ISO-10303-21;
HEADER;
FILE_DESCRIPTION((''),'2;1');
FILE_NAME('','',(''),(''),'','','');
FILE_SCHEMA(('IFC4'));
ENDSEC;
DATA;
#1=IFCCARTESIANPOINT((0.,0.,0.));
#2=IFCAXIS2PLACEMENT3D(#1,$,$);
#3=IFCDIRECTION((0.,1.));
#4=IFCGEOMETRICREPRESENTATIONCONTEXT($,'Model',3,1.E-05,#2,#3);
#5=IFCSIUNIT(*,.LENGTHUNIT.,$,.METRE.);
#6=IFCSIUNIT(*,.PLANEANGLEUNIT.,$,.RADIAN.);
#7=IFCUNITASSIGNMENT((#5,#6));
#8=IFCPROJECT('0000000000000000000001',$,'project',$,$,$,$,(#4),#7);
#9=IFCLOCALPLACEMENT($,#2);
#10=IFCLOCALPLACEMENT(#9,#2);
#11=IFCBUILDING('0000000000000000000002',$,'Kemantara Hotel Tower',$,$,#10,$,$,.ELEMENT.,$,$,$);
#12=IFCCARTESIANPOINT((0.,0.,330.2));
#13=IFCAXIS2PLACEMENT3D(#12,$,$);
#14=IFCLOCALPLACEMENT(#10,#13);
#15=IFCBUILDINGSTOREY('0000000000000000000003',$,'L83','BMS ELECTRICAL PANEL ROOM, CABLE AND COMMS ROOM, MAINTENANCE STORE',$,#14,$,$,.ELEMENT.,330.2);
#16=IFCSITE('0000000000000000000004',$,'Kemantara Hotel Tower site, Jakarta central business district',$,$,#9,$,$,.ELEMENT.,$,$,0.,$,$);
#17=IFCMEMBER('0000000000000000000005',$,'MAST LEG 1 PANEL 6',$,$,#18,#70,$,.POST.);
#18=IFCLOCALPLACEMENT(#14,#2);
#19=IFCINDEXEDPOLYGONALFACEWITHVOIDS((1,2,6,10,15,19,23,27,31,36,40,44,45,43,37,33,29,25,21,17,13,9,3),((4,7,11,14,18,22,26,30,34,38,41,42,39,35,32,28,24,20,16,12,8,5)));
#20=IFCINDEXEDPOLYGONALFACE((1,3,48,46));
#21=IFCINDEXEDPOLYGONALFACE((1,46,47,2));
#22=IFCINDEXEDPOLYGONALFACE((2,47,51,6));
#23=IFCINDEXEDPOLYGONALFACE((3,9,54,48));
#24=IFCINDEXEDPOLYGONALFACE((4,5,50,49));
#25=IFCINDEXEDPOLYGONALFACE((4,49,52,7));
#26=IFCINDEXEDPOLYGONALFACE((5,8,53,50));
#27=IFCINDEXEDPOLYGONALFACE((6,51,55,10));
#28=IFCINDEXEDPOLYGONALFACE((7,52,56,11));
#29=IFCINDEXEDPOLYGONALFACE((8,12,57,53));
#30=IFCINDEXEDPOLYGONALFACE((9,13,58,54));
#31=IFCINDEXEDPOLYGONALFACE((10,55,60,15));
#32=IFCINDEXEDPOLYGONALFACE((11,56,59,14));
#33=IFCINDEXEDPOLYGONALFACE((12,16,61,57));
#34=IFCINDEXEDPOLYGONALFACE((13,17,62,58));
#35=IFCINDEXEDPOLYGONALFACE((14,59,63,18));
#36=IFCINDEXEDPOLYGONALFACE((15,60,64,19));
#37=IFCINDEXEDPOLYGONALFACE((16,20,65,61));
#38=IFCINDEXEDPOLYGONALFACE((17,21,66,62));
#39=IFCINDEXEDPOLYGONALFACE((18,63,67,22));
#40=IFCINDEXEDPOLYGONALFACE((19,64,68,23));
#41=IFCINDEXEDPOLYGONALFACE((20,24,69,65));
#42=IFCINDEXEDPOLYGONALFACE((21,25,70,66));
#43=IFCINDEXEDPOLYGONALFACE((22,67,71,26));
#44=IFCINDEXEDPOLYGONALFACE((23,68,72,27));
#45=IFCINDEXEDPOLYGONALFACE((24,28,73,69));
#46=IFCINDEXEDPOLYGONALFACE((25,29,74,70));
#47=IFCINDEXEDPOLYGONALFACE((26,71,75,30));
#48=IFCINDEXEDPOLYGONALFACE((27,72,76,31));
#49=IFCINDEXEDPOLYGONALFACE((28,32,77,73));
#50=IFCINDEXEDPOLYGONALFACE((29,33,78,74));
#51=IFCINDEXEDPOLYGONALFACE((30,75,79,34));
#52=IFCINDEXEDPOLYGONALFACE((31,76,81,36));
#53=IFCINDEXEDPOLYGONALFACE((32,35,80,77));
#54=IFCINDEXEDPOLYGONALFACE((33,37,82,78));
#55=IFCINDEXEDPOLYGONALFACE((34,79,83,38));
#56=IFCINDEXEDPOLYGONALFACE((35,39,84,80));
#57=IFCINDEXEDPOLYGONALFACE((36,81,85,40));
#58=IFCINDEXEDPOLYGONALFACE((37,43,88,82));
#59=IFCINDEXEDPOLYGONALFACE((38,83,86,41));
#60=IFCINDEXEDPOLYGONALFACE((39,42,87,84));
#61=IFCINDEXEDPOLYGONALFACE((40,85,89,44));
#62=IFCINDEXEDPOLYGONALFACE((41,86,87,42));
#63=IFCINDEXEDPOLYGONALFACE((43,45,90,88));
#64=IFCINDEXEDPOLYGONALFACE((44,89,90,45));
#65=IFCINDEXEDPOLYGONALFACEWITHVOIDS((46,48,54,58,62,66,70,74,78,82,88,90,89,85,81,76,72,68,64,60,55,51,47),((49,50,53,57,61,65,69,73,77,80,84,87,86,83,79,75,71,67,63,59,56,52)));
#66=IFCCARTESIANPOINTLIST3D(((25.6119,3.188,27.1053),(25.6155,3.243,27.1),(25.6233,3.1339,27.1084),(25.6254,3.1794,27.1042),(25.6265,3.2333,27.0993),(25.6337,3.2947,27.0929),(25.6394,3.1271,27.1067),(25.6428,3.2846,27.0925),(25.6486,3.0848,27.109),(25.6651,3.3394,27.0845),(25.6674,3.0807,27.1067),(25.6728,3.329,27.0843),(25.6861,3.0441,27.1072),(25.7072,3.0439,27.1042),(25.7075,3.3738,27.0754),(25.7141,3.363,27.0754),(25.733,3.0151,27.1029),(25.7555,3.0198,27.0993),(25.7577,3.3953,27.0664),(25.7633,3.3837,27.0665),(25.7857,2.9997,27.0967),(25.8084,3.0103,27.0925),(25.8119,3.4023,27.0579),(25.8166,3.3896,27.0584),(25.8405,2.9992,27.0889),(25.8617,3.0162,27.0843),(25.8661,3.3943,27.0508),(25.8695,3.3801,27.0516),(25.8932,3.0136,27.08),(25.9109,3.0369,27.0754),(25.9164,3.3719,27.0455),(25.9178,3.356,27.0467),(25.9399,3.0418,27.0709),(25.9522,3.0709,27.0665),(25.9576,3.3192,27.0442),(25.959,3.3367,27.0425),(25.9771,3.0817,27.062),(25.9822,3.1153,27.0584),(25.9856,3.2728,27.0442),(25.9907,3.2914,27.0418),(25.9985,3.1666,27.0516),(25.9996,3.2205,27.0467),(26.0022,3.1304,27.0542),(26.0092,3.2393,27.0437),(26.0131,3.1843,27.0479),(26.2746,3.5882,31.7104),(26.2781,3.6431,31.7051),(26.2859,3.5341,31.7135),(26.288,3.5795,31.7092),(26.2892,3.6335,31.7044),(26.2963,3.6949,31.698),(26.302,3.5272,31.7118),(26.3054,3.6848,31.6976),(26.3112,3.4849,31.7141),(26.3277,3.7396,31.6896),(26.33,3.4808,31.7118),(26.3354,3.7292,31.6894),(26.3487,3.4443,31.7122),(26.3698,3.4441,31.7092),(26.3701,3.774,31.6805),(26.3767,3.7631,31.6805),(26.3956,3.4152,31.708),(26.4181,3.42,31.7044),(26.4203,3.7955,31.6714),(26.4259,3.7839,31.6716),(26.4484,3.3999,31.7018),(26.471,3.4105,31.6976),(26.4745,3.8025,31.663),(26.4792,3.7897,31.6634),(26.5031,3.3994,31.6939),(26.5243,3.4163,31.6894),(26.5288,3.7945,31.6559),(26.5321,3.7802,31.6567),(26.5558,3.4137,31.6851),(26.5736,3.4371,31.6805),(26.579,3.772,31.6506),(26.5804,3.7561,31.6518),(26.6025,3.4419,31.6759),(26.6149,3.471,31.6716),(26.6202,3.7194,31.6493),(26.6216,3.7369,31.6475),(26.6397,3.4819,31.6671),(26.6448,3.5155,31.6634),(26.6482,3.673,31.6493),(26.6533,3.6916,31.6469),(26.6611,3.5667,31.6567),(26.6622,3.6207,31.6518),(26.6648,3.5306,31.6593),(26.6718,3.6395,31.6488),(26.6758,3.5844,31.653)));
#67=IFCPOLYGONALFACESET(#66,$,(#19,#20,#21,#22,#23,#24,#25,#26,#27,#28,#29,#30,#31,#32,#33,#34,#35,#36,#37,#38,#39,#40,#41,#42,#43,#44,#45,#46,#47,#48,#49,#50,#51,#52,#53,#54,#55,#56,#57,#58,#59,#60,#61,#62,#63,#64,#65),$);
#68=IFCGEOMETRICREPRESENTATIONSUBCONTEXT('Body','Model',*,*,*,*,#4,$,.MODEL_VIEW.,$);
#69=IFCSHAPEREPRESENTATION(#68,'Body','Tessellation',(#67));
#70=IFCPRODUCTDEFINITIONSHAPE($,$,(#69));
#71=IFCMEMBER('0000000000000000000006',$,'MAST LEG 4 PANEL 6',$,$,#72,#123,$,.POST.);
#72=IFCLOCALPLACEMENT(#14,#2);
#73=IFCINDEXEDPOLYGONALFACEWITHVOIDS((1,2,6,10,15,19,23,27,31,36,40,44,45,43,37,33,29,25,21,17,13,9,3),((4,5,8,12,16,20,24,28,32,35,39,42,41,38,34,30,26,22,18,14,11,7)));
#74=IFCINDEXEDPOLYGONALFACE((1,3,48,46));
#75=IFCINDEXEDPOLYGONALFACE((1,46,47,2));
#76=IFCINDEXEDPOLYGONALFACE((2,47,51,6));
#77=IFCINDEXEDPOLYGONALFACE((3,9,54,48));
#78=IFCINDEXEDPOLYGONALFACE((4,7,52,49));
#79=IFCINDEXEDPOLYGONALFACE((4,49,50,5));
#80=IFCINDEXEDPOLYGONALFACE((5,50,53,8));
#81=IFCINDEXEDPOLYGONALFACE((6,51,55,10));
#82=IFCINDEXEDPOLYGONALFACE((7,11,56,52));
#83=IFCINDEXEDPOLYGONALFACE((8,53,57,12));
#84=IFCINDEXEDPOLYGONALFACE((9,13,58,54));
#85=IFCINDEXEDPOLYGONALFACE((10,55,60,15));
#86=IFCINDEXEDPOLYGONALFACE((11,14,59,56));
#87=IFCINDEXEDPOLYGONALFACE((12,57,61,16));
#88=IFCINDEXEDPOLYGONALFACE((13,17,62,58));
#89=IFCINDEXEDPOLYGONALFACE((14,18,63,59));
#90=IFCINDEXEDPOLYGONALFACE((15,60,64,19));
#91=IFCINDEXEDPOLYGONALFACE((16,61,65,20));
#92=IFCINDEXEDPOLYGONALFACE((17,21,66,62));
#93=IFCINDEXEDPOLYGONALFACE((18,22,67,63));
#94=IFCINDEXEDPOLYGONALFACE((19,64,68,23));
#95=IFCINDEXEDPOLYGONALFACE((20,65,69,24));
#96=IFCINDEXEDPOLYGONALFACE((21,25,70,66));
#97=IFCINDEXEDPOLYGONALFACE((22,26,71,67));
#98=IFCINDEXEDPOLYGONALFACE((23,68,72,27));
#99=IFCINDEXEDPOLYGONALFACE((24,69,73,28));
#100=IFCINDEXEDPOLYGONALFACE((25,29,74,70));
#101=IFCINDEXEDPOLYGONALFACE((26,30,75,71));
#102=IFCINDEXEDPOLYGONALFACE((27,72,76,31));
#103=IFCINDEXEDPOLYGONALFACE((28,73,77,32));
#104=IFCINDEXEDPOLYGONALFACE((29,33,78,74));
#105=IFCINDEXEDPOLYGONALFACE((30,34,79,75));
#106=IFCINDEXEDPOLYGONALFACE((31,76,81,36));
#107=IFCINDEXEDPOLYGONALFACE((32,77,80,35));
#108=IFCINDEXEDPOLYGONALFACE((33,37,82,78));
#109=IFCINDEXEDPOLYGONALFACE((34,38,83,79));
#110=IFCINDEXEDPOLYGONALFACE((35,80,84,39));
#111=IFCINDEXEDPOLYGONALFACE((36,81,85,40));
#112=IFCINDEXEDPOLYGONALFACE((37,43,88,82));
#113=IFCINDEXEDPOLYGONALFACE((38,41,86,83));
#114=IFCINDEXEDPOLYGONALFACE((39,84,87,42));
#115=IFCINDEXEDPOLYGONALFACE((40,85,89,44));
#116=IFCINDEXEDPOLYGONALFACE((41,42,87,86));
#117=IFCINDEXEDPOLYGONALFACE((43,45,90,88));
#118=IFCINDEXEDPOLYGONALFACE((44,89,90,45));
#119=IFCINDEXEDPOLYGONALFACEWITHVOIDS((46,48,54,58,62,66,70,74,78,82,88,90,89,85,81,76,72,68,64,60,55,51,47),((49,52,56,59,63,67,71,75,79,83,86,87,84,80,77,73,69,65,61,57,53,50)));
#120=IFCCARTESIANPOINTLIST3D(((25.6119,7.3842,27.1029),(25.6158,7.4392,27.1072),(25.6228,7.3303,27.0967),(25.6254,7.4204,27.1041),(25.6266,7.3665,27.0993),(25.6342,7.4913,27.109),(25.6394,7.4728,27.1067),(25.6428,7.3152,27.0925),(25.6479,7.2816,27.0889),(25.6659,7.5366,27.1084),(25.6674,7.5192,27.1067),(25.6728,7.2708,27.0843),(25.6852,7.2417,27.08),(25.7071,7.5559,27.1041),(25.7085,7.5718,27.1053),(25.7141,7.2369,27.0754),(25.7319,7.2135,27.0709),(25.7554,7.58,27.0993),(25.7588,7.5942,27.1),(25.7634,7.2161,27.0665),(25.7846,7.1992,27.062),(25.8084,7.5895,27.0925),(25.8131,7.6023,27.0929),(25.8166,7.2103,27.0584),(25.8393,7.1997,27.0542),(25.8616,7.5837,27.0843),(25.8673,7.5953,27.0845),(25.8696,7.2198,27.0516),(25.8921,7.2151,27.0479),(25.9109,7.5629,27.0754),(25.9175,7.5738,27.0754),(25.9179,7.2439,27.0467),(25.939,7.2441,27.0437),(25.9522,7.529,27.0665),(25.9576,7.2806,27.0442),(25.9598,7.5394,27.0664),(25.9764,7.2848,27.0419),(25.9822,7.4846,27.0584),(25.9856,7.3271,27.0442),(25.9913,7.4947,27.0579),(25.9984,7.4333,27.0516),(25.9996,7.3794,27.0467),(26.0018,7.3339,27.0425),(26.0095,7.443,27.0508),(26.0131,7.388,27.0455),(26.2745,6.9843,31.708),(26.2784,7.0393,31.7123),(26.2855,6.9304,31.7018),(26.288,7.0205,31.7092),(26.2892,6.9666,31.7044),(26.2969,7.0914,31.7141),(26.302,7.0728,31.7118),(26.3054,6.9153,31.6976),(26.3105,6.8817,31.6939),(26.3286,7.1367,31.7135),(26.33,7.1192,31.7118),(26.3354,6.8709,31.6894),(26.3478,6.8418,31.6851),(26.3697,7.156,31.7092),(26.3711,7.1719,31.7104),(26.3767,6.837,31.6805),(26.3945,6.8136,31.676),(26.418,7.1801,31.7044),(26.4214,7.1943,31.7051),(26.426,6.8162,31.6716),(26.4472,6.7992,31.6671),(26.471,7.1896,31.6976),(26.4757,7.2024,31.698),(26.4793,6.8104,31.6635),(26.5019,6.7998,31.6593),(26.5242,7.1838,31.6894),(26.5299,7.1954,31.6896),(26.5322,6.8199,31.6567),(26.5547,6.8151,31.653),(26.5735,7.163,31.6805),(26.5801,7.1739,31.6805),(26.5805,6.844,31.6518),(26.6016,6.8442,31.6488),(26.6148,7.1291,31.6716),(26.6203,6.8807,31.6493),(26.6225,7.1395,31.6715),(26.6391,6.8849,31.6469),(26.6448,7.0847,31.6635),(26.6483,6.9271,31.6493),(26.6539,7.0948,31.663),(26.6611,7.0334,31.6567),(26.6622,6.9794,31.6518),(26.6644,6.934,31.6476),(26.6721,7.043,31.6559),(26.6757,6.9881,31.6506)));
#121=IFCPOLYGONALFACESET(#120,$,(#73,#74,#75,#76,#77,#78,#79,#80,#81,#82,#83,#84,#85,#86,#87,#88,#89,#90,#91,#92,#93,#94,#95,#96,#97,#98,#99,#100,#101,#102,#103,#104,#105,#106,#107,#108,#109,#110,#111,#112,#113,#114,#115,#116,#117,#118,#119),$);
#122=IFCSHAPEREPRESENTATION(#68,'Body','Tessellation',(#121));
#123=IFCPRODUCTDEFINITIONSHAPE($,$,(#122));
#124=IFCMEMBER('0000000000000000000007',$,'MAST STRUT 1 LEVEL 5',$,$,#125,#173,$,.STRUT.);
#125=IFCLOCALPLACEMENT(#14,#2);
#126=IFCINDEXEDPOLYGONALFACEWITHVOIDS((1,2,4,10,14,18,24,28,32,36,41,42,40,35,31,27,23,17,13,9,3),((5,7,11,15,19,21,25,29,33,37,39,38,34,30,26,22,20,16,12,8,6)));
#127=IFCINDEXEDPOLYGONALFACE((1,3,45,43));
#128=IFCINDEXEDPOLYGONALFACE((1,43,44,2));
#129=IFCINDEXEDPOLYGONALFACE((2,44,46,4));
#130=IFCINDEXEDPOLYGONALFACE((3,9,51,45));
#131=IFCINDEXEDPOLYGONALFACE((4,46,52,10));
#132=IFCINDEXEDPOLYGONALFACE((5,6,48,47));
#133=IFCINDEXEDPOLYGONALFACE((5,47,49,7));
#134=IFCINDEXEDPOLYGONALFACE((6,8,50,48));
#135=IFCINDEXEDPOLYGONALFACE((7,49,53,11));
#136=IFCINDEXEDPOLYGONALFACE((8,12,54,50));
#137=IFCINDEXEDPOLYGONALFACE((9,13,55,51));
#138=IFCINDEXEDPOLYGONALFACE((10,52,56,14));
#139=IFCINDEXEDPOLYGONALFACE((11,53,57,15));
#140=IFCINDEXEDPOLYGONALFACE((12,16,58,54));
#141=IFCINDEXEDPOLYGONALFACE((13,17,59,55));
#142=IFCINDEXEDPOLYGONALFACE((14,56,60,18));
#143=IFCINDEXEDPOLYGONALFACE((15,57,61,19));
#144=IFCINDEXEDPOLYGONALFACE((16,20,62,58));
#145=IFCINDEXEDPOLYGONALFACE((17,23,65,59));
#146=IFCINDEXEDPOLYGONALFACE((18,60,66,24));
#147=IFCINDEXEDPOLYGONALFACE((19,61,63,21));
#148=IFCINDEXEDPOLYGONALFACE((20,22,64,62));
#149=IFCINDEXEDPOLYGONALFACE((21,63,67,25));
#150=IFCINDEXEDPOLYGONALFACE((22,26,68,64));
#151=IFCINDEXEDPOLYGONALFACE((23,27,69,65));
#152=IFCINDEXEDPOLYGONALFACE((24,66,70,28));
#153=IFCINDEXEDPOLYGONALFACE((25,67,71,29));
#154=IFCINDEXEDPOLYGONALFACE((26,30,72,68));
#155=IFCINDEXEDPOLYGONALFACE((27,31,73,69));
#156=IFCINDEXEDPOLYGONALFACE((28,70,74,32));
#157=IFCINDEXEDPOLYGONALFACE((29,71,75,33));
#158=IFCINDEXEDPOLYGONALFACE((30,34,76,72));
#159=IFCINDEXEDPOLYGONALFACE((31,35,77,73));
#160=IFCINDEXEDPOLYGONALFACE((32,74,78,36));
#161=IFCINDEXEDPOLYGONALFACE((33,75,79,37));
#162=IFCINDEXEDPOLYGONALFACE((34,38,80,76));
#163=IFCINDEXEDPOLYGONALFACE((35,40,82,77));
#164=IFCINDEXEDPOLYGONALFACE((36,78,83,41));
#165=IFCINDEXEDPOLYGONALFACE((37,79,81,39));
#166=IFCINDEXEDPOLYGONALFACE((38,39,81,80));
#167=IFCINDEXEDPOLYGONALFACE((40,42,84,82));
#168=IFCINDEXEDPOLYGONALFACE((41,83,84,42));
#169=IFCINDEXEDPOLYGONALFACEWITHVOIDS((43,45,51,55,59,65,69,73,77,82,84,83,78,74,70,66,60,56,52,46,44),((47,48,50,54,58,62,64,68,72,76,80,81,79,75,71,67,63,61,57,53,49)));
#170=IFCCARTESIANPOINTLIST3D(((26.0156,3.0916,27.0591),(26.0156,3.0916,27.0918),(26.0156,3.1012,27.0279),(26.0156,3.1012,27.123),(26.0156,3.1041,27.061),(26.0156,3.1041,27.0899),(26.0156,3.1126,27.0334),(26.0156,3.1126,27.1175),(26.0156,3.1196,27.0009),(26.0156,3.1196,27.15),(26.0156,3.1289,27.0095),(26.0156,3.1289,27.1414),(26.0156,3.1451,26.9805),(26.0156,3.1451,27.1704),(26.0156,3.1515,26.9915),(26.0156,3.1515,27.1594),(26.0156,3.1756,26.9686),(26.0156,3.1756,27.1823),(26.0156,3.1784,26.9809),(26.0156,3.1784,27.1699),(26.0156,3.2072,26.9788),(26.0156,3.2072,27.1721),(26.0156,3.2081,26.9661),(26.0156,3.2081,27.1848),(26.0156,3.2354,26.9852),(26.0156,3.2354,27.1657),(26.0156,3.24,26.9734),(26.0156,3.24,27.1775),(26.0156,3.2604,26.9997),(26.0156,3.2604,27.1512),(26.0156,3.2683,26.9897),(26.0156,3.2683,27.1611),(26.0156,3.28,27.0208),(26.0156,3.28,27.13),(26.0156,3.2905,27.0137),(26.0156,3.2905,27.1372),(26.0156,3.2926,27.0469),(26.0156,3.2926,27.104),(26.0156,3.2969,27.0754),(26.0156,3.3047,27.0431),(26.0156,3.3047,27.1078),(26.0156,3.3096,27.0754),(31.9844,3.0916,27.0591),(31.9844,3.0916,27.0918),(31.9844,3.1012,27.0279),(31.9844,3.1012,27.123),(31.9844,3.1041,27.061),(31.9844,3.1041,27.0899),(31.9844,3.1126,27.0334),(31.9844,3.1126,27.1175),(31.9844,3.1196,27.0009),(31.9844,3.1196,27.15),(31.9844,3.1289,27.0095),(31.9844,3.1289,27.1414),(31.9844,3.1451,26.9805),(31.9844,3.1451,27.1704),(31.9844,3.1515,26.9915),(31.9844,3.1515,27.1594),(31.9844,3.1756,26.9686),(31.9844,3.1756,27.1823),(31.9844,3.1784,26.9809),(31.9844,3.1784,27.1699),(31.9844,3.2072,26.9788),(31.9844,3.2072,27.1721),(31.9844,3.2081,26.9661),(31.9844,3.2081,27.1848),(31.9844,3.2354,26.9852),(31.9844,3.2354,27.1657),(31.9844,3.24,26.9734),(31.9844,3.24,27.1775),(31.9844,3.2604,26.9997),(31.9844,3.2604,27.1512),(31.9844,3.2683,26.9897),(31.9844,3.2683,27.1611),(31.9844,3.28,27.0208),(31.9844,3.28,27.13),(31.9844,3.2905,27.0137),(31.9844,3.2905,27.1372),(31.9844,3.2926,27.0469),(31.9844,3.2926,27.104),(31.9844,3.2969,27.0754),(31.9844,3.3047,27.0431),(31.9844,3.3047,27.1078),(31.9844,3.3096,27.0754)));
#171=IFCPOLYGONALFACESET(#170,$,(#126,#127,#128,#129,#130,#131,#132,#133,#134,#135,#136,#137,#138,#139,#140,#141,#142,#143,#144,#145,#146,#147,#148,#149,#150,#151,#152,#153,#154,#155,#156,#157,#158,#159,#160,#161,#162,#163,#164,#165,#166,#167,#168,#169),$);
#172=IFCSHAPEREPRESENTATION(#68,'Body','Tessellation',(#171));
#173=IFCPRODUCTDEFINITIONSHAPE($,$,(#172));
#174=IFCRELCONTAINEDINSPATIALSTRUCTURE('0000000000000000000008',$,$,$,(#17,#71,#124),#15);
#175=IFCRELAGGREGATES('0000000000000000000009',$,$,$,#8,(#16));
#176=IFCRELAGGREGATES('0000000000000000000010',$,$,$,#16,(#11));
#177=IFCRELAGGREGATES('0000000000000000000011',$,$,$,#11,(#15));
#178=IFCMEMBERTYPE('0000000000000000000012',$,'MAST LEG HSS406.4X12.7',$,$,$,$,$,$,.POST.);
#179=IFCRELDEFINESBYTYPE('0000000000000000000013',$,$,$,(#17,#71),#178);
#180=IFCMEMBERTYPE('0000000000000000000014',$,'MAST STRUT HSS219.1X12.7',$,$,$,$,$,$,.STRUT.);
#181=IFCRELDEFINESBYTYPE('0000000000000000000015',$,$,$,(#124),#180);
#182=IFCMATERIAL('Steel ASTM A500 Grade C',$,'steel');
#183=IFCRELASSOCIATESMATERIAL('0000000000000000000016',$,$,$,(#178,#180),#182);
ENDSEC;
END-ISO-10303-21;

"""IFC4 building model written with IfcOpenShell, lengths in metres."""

from ifc_helpers import new_model, si_unit, direction, frame, origin, origin_2d, place, context, subcontext, project, spatial, hollow_circle, extrude, material, material_profile, profile_set, type_object, element, save


model = new_model("IFC4")

# Units and contexts
model_context = context("Model", 3, precision=1e-05, world=origin(), true_north=direction((0.0, 1.0)))
body_context = subcontext(model_context, "Body", "Model", "MODEL_VIEW")
ifc_project = project(units=[si_unit("LENGTHUNIT", "METRE"), si_unit("PLANEANGLEUNIT", "RADIAN")], contexts=[model_context])

# Site, building, storey
site_placement = place(None, origin())
site = spatial("IfcSite", under=ifc_project, at=site_placement, Name="Kemantara Hotel Tower site, Jakarta central business district", CompositionType="ELEMENT", RefElevation=0.0)
building_placement = place(site_placement, origin())
building = spatial("IfcBuilding", under=site, at=building_placement, Name="Kemantara Hotel Tower", CompositionType="ELEMENT")
storey_placement = place(building_placement, frame((0.0, 0.0, 330.2)))
storey = spatial("IfcBuildingStorey", under=building, at=storey_placement, Name="L83", Description="BMS ELECTRICAL PANEL ROOM, CABLE AND COMMS ROOM, MAINTENANCE STORE", CompositionType="ELEMENT", Elevation=330.2)

# Members
ifc_material_1 = material(Name="Steel ASTM A500 Grade C", Category="steel")
ifc_material_profile_1 = material_profile(ifc_material_1, hollow_circle(Radius=0.2031, WallThickness=0.0127, at=origin_2d()), Name="HSS406.4X12.7")
ifc_profile_set_1 = profile_set([ifc_material_profile_1], Name="Steel ASTM A500 Grade C")
member_type_1 = type_object("IfcMemberType", Name="MAST LEG HSS406.4X12.7", PredefinedType="POST", material=ifc_profile_set_1)
for number, where, z_axis, x_axis, name in (
    (1, (25.8125, 3.2, 27.0754), (0.141897, 0.085692, 0.986165), (-0.516952, 0.856014, 0.0), "MAST LEG 1 PANEL 6"),
    (2, (25.8125, 7.3999, 27.0754), (0.141897, -0.08564, 0.98617), (0.516721, 0.856154, 0.0), "MAST LEG 4 PANEL 6"),
):
    element("IfcMember", number, at=place(storey_placement, frame(where, z_axis=z_axis, x_axis=x_axis)), inside=storey, type_object=member_type_1, Name=name, PredefinedType="POST", context=body_context, shape_type="SweptSolid", body=[
        extrude(hollow_circle(Radius=0.2031, WallThickness=0.0127, at=origin_2d()), origin(), (0.0, 0.0, 1.0), 4.6697),
    ])
ifc_material_profile_2 = material_profile(ifc_material_1, hollow_circle(Radius=0.1096, WallThickness=0.0127, at=origin_2d()), Name="HSS219.1X12.7")
ifc_profile_set_2 = profile_set([ifc_material_profile_2], Name="Steel ASTM A500 Grade C")
member_type_2 = type_object("IfcMemberType", Name="MAST STRUT HSS219.1X12.7", PredefinedType="STRUT", material=ifc_profile_set_2)
member_1_placement = place(storey_placement, frame((26.0156, 3.2, 27.0754), z_axis=(1.0, 0.0, 0.0), x_axis=(0.0, 1.0, 0.0)))
element("IfcMember", 3, at=member_1_placement, inside=storey, type_object=member_type_2, Name="MAST STRUT 1 LEVEL 5", PredefinedType="STRUT", context=body_context, shape_type="SweptSolid", body=[
    extrude(hollow_circle(Radius=0.1096, WallThickness=0.0127, at=origin_2d()), origin(), (0.0, 0.0, 1.0), 5.9688),
])

save(model, "model.ifc")
